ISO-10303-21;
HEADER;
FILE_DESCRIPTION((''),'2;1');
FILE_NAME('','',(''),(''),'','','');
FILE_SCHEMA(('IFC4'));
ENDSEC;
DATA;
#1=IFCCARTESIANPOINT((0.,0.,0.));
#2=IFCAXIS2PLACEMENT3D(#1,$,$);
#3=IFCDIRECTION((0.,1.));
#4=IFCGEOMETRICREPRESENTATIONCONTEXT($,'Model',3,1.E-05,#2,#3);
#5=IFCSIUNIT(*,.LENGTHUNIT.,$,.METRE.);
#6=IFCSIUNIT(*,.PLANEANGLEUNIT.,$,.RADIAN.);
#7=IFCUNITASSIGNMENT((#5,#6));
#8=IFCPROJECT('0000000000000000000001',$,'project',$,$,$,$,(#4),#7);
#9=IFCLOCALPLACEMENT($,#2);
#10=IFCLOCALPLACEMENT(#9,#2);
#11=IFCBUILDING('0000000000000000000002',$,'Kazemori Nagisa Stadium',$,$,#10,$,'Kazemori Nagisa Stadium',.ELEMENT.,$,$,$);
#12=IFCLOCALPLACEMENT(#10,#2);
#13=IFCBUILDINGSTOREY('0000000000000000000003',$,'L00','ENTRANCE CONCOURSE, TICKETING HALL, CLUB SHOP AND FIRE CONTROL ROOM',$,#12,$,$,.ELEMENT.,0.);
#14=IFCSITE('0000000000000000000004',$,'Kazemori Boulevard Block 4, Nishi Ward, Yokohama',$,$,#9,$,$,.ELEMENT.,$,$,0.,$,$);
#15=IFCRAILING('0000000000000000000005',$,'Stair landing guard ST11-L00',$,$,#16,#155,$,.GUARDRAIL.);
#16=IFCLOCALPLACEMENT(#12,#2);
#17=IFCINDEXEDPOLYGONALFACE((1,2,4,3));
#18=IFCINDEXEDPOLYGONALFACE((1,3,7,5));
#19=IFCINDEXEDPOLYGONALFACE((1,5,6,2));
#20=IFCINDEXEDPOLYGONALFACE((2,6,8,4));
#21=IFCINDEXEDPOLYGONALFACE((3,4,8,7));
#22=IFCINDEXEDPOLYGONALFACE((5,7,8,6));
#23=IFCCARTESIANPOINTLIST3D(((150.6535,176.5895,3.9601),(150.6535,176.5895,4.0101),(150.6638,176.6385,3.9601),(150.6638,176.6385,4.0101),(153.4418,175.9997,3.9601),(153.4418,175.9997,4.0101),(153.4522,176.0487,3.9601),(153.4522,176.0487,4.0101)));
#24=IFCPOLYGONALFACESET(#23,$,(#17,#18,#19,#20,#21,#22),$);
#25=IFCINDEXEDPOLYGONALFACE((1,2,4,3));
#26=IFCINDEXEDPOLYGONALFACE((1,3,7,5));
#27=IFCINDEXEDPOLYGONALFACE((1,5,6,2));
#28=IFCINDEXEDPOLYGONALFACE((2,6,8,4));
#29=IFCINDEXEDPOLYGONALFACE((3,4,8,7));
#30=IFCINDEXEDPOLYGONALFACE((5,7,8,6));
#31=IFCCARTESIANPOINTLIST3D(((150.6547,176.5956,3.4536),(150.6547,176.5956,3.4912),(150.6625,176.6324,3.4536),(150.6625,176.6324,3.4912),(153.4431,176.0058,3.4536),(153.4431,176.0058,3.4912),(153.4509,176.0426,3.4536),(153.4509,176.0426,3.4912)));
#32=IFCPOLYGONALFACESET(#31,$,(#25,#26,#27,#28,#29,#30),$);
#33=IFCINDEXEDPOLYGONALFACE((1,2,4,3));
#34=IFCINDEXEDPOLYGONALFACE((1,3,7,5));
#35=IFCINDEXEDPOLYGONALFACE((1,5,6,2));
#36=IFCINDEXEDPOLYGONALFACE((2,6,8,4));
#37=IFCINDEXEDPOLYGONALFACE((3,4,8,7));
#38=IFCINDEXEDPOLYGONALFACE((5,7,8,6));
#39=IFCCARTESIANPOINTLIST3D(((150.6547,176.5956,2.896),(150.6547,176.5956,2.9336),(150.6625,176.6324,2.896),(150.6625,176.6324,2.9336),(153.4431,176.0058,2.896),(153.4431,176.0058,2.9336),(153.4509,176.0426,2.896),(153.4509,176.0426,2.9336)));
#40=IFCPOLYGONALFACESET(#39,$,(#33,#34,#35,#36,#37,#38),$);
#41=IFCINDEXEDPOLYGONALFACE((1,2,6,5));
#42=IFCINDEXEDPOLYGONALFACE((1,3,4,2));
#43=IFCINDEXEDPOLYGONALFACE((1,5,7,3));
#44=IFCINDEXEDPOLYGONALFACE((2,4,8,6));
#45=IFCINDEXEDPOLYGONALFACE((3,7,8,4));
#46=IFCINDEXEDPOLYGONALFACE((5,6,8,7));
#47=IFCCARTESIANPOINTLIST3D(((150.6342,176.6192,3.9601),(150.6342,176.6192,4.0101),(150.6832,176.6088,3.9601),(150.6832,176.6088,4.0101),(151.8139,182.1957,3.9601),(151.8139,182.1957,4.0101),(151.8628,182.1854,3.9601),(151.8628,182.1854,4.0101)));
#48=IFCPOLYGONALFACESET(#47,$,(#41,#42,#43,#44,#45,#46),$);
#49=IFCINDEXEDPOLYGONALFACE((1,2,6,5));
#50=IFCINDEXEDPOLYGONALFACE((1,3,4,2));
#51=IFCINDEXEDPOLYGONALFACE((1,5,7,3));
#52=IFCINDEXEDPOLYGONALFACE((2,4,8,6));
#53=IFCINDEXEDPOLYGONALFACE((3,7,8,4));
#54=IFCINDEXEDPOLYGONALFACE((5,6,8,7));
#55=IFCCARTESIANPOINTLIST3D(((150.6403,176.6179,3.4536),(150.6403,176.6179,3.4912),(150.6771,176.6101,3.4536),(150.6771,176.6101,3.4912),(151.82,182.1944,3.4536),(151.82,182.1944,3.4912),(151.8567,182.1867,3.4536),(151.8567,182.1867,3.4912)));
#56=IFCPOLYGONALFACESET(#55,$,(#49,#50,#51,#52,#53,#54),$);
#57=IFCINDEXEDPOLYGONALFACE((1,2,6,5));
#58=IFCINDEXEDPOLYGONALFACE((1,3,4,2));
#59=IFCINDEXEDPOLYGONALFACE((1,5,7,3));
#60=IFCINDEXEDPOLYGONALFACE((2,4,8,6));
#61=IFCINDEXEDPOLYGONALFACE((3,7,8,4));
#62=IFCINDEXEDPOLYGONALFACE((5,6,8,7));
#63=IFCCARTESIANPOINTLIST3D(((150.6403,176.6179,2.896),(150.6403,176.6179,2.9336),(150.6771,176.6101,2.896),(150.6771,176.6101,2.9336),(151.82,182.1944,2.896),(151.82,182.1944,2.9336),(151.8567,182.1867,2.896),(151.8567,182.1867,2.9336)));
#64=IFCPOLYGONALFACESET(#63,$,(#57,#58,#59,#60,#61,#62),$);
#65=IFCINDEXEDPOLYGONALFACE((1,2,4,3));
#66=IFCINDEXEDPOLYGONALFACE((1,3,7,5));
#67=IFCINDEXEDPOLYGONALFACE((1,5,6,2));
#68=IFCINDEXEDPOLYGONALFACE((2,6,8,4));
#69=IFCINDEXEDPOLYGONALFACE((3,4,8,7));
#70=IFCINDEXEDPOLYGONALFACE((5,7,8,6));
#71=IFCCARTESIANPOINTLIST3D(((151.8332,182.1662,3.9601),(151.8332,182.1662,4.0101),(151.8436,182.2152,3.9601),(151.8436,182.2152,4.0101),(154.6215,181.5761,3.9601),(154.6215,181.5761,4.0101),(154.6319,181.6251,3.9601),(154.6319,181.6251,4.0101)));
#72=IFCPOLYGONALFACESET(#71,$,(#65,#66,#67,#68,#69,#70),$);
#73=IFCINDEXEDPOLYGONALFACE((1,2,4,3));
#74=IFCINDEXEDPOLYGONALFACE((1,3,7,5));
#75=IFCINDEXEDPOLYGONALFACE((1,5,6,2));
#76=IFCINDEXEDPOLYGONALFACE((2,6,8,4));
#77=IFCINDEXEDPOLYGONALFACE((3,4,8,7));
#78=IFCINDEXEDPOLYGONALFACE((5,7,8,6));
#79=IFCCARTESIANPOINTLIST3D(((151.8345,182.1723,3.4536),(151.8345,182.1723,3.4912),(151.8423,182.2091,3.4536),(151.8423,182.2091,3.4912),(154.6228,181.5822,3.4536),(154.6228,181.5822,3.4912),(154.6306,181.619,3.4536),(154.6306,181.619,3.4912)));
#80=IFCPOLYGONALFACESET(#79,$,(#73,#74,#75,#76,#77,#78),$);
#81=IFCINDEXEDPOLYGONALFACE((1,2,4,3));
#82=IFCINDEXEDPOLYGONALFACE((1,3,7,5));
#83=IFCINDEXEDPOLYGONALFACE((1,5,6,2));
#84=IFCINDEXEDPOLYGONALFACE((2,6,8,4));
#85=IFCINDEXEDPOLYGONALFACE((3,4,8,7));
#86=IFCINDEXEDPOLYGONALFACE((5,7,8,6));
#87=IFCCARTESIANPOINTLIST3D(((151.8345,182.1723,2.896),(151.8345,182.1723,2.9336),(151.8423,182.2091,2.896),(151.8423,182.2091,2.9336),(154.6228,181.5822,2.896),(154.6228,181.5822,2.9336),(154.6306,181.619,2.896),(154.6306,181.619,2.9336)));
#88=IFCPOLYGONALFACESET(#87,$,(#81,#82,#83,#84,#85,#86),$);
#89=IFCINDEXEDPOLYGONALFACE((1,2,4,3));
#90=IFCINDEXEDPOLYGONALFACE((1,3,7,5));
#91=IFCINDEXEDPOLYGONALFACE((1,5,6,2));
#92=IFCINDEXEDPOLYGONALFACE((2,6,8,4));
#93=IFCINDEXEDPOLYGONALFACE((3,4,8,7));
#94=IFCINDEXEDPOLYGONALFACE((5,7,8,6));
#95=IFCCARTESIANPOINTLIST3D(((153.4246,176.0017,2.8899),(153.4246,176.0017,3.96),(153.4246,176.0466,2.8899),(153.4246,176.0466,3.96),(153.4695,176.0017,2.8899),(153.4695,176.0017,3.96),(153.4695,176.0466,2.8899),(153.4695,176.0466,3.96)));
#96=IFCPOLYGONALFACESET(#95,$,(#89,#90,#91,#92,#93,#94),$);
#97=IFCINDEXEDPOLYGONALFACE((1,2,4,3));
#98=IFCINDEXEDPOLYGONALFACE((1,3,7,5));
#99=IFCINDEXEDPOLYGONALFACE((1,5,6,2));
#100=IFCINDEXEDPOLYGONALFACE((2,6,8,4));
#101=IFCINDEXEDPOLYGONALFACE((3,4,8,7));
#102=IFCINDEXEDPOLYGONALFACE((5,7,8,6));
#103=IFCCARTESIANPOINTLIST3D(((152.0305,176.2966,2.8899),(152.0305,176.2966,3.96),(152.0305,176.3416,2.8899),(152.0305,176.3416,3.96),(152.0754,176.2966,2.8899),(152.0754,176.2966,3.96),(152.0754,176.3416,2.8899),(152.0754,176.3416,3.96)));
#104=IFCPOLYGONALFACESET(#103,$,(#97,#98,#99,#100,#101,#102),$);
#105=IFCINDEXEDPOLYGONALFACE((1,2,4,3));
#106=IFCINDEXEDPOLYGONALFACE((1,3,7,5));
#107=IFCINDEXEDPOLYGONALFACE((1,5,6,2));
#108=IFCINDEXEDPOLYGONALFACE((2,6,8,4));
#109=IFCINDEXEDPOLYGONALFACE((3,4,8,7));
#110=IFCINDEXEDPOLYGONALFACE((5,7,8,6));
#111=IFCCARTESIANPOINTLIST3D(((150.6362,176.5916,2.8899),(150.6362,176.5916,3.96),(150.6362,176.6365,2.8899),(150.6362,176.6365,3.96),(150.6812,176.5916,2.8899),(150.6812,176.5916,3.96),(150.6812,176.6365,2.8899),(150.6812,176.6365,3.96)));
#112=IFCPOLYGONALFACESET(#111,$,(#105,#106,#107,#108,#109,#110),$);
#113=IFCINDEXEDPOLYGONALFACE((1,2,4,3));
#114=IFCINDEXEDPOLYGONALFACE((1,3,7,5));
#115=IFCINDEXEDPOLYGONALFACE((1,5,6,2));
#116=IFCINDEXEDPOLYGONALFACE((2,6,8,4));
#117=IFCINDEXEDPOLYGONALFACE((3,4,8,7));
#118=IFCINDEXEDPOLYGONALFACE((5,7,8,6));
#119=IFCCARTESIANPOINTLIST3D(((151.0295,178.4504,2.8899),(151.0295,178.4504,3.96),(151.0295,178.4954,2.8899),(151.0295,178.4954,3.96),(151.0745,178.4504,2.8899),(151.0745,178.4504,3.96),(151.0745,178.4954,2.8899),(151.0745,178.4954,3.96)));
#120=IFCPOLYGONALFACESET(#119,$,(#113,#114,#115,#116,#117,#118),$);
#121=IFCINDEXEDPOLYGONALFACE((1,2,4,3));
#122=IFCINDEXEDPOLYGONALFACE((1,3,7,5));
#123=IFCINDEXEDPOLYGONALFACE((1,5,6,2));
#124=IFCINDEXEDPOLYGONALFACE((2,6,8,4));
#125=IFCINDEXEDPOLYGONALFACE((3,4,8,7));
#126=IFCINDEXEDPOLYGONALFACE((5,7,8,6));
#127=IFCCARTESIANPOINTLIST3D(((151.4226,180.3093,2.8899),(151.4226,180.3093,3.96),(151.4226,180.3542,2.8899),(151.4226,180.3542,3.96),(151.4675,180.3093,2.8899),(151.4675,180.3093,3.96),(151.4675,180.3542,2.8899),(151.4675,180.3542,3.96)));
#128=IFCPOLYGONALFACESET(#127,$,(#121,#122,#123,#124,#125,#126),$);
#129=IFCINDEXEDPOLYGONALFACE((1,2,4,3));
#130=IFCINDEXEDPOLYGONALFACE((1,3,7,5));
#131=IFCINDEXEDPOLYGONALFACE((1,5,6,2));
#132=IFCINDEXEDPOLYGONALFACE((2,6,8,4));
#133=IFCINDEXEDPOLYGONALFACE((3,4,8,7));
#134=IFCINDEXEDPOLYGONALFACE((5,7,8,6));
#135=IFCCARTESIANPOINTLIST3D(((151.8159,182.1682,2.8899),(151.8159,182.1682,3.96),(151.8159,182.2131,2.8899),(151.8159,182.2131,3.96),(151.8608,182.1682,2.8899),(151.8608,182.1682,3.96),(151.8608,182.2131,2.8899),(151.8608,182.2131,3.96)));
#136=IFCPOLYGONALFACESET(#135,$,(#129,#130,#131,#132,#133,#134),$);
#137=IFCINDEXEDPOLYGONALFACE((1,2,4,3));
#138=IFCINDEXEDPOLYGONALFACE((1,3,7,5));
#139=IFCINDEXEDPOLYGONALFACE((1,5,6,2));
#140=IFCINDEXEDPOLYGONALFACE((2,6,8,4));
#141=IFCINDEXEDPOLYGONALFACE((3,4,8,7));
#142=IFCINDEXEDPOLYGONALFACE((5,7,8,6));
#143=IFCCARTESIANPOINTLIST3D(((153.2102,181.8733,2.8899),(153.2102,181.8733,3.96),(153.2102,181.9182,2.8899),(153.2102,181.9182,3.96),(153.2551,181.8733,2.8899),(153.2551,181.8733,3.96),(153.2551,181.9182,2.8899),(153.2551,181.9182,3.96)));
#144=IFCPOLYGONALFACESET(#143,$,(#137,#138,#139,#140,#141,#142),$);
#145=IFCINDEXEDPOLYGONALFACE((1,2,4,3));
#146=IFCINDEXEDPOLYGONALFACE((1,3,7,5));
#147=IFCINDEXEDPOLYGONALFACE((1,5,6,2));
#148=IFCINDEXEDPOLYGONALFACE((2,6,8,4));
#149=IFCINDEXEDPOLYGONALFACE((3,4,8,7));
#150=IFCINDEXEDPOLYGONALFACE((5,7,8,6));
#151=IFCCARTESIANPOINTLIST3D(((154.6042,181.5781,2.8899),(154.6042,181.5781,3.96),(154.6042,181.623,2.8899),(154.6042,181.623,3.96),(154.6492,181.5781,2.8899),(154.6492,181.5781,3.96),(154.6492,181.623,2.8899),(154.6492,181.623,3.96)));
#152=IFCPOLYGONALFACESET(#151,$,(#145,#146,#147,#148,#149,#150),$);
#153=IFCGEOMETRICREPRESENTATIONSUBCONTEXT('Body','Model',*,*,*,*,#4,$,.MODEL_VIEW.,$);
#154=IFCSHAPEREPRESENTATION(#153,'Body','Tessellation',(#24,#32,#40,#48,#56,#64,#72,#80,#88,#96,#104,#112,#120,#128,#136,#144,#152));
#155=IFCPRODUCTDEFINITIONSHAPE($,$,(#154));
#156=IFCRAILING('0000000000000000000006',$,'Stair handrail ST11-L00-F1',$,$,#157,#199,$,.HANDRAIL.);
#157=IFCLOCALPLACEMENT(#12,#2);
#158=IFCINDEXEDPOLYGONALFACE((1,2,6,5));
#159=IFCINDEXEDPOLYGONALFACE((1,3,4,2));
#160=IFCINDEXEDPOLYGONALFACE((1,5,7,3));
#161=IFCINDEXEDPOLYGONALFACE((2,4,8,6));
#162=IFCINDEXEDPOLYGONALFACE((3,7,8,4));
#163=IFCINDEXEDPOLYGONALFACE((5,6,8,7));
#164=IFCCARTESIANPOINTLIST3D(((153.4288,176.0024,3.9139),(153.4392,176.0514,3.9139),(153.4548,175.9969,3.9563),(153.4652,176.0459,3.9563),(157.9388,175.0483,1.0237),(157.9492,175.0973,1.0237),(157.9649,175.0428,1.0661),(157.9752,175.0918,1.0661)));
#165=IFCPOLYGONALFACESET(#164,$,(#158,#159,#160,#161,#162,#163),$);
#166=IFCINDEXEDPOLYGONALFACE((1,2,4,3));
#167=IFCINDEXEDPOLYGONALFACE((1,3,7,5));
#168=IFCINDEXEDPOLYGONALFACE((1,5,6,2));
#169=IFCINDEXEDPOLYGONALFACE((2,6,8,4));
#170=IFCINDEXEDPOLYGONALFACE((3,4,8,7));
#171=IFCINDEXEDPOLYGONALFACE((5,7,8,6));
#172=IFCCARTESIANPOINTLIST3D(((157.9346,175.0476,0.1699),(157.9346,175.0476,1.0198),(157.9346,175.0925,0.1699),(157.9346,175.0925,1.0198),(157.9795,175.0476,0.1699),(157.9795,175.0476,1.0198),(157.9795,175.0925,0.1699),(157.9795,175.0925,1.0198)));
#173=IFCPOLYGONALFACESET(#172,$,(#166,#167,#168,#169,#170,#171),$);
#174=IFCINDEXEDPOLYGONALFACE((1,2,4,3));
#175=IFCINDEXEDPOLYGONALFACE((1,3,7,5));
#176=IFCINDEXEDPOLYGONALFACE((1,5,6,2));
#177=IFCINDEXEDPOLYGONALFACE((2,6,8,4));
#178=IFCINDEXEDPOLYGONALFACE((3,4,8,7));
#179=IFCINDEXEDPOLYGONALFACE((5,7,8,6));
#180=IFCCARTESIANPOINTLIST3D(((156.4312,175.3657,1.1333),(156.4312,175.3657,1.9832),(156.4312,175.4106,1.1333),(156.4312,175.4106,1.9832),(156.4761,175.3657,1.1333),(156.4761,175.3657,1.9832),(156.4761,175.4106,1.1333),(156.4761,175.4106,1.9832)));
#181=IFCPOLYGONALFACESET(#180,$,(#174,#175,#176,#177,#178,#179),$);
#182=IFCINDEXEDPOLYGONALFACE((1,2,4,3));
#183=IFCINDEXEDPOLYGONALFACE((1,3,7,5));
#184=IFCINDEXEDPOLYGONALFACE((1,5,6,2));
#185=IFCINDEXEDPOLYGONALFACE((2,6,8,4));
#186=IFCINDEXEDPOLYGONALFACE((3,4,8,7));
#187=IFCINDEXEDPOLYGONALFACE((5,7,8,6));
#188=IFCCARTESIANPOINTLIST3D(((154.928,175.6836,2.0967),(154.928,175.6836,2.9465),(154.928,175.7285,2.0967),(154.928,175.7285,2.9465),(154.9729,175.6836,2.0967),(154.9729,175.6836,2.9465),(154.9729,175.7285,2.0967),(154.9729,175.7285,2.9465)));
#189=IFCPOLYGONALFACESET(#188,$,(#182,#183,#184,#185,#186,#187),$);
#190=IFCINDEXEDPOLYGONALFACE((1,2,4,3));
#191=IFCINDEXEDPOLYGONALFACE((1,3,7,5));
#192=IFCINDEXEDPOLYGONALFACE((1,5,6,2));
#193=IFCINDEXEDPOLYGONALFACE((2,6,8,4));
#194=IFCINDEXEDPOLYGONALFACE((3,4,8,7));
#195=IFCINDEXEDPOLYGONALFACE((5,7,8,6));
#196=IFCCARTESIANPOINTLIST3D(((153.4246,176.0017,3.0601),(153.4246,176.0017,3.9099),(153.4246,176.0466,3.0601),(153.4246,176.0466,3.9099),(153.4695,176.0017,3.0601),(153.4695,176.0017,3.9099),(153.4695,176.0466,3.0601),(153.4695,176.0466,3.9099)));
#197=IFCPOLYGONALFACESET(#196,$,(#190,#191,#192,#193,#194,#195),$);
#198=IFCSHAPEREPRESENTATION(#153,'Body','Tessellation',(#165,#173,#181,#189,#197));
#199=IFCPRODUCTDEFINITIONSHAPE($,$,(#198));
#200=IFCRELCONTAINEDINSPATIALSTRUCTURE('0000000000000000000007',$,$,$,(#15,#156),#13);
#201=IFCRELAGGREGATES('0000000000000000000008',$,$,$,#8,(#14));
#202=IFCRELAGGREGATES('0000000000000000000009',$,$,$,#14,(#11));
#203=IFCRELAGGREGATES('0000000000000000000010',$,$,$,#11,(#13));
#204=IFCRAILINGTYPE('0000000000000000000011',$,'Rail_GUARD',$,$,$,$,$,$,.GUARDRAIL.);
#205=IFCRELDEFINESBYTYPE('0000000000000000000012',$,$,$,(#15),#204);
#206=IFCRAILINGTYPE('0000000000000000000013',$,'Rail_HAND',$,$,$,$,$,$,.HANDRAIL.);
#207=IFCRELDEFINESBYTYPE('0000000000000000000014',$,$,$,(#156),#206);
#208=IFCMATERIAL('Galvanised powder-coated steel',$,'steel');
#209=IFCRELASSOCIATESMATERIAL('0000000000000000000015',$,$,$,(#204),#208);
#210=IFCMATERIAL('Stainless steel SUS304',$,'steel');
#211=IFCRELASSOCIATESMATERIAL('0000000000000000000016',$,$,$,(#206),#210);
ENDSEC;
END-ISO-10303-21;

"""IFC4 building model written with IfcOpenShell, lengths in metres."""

from ifc_helpers import new_model, si_unit, direction, frame, origin, origin_2d, place, context, subcontext, project, spatial, rectangle, extrude, material, type_object, element, save


model = new_model("IFC4")

# Units and contexts
model_context = context("Model", 3, precision=1e-05, world=origin(), true_north=direction((0.0, 1.0)))
body_context = subcontext(model_context, "Body", "Model", "MODEL_VIEW")
ifc_project = project(units=[si_unit("LENGTHUNIT", "METRE"), si_unit("PLANEANGLEUNIT", "RADIAN")], contexts=[model_context])

# Site, building, storey
site_placement = place(None, origin())
site = spatial("IfcSite", under=ifc_project, at=site_placement, Name="Kazemori Boulevard Block 4, Nishi Ward, Yokohama", CompositionType="ELEMENT", RefElevation=0.0)
building_placement = place(site_placement, origin())
building = spatial("IfcBuilding", under=site, at=building_placement, Name="Kazemori Nagisa Stadium", LongName="Kazemori Nagisa Stadium", CompositionType="ELEMENT")
storey_placement = place(building_placement, origin())
storey = spatial("IfcBuildingStorey", under=building, at=storey_placement, Name="L00", Description="ENTRANCE CONCOURSE, TICKETING HALL, CLUB SHOP AND FIRE CONTROL ROOM", CompositionType="ELEMENT", Elevation=0.0)

# Shared definitions
ifc_material_1 = material(Name="Stainless steel SUS304", Category="steel")

# Railings
ifc_material_2 = material(Name="Galvanised powder-coated steel", Category="steel")
railing_type_1 = type_object("IfcRailingType", Name="Rail_GUARD", PredefinedType="GUARDRAIL", material=ifc_material_2)
railing_1_placement = place(storey_placement, frame((153.447, 176.0242, 2.8899)))
element("IfcRailing", 1, at=railing_1_placement, inside=storey, type_object=railing_type_1, Name="Stair landing guard ST11-L00", PredefinedType="GUARDRAIL", context=body_context, shape_type="SweptSolid", body=[
    extrude(rectangle(XDim=0.05, YDim=0.05, at=origin_2d()), frame((0.0, 0.0, 1.0952), z_axis=(-0.978349, 0.20696, 0.0), x_axis=(-0.20696, -0.978349, 0.0)), (0.0, 0.0, 1.0), 2.8501),
    extrude(rectangle(XDim=0.0376, YDim=0.0376, at=origin_2d()), frame((0.0, 0.0, 0.5825), z_axis=(-0.978349, 0.20696, 0.0), x_axis=(-0.20696, -0.978349, 0.0)), (0.0, 0.0, 1.0), 2.8501),
    extrude(rectangle(XDim=0.0376, YDim=0.0376, at=origin_2d()), frame((0.0, 0.0, 0.0249), z_axis=(-0.978349, 0.20696, 0.0), x_axis=(-0.20696, -0.978349, 0.0)), (0.0, 0.0, 1.0), 2.8501),
    extrude(rectangle(XDim=0.05, YDim=0.05, at=origin_2d()), frame((-2.7883, 0.5898, 1.0952), z_axis=(0.20696, 0.978349, 0.0), x_axis=(-0.978349, 0.20696, 0.0)), (0.0, 0.0, 1.0), 5.7),
    extrude(rectangle(XDim=0.0376, YDim=0.0376, at=origin_2d()), frame((-2.7883, 0.5898, 0.5825), z_axis=(0.20696, 0.978349, 0.0), x_axis=(-0.978349, 0.20696, 0.0)), (0.0, 0.0, 1.0), 5.7),
    extrude(rectangle(XDim=0.0376, YDim=0.0376, at=origin_2d()), frame((-2.7883, 0.5898, 0.0249), z_axis=(0.20696, 0.978349, 0.0), x_axis=(-0.978349, 0.20696, 0.0)), (0.0, 0.0, 1.0), 5.7),
    extrude(rectangle(XDim=0.05, YDim=0.05, at=origin_2d()), frame((-1.6086, 6.1665, 1.0952), z_axis=(0.978332, -0.207042, 0.0), x_axis=(0.207042, 0.978332, 0.0)), (0.0, 0.0, 1.0), 2.8501),
    extrude(rectangle(XDim=0.0376, YDim=0.0376, at=origin_2d()), frame((-1.6086, 6.1665, 0.5825), z_axis=(0.978332, -0.207042, 0.0), x_axis=(0.207042, 0.978332, 0.0)), (0.0, 0.0, 1.0), 2.8501),
    extrude(rectangle(XDim=0.0376, YDim=0.0376, at=origin_2d()), frame((-1.6086, 6.1665, 0.0249), z_axis=(0.978332, -0.207042, 0.0), x_axis=(0.207042, 0.978332, 0.0)), (0.0, 0.0, 1.0), 2.8501),
    extrude(rectangle(XDim=0.0449, YDim=0.0449, at=origin_2d()), origin(), (0.0, 0.0, 1.0), 1.0701),
    extrude(rectangle(XDim=0.0449, YDim=0.0449, at=origin_2d()), frame((-1.394, 0.2949, 0.0)), (0.0, 0.0, 1.0), 1.0701),
    extrude(rectangle(XDim=0.0449, YDim=0.0449, at=origin_2d()), frame((-2.7883, 0.5898, 0.0)), (0.0, 0.0, 1.0), 1.0701),
    extrude(rectangle(XDim=0.0449, YDim=0.0449, at=origin_2d()), frame((-2.395, 2.4487, 0.0)), (0.0, 0.0, 1.0), 1.0701),
    extrude(rectangle(XDim=0.0449, YDim=0.0449, at=origin_2d()), frame((-2.002, 4.3076, 0.0)), (0.0, 0.0, 1.0), 1.0701),
    extrude(rectangle(XDim=0.0449, YDim=0.0449, at=origin_2d()), frame((-1.6086, 6.1665, 0.0)), (0.0, 0.0, 1.0), 1.0701),
    extrude(rectangle(XDim=0.0449, YDim=0.0449, at=origin_2d()), frame((-0.2144, 5.8716, 0.0)), (0.0, 0.0, 1.0), 1.0701),
    extrude(rectangle(XDim=0.0449, YDim=0.0449, at=origin_2d()), frame((1.1797, 5.5764, 0.0)), (0.0, 0.0, 1.0), 1.0701),
])
railing_type_2 = type_object("IfcRailingType", Name="Rail_HAND", PredefinedType="HANDRAIL", material=ifc_material_1)
railing_2_placement = place(storey_placement, frame((157.957, 175.0701, 0.1699)))
element("IfcRailing", 2, at=railing_2_placement, inside=storey, type_object=railing_type_2, Name="Stair handrail ST11-L00-F1", PredefinedType="HANDRAIL", context=body_context, shape_type="SweptSolid", body=[
    extrude(rectangle(XDim=0.05, YDim=0.05, at=origin_2d()), frame((0.0, 0.0, 0.875), z_axis=(-0.828909, 0.175357, 0.531187), x_axis=(-0.206971, -0.978347, 0.0)), (0.0, 0.0, 1.0), 5.4409),
    extrude(rectangle(XDim=0.0449, YDim=0.0449, at=origin_2d()), origin(), (0.0, 0.0, 1.0), 0.8499),
    extrude(rectangle(XDim=0.0449, YDim=0.0449, at=origin_2d()), frame((-1.5034, 0.3181, 0.9634)), (0.0, 0.0, 1.0), 0.8499),
    extrude(rectangle(XDim=0.0449, YDim=0.0449, at=origin_2d()), frame((-3.0066, 0.636, 1.9268)), (0.0, 0.0, 1.0), 0.8499),
    extrude(rectangle(XDim=0.0449, YDim=0.0449, at=origin_2d()), frame((-4.51, 0.9541, 2.8901)), (0.0, 0.0, 1.0), 0.8499),
])

save(model, "model.ifc")
